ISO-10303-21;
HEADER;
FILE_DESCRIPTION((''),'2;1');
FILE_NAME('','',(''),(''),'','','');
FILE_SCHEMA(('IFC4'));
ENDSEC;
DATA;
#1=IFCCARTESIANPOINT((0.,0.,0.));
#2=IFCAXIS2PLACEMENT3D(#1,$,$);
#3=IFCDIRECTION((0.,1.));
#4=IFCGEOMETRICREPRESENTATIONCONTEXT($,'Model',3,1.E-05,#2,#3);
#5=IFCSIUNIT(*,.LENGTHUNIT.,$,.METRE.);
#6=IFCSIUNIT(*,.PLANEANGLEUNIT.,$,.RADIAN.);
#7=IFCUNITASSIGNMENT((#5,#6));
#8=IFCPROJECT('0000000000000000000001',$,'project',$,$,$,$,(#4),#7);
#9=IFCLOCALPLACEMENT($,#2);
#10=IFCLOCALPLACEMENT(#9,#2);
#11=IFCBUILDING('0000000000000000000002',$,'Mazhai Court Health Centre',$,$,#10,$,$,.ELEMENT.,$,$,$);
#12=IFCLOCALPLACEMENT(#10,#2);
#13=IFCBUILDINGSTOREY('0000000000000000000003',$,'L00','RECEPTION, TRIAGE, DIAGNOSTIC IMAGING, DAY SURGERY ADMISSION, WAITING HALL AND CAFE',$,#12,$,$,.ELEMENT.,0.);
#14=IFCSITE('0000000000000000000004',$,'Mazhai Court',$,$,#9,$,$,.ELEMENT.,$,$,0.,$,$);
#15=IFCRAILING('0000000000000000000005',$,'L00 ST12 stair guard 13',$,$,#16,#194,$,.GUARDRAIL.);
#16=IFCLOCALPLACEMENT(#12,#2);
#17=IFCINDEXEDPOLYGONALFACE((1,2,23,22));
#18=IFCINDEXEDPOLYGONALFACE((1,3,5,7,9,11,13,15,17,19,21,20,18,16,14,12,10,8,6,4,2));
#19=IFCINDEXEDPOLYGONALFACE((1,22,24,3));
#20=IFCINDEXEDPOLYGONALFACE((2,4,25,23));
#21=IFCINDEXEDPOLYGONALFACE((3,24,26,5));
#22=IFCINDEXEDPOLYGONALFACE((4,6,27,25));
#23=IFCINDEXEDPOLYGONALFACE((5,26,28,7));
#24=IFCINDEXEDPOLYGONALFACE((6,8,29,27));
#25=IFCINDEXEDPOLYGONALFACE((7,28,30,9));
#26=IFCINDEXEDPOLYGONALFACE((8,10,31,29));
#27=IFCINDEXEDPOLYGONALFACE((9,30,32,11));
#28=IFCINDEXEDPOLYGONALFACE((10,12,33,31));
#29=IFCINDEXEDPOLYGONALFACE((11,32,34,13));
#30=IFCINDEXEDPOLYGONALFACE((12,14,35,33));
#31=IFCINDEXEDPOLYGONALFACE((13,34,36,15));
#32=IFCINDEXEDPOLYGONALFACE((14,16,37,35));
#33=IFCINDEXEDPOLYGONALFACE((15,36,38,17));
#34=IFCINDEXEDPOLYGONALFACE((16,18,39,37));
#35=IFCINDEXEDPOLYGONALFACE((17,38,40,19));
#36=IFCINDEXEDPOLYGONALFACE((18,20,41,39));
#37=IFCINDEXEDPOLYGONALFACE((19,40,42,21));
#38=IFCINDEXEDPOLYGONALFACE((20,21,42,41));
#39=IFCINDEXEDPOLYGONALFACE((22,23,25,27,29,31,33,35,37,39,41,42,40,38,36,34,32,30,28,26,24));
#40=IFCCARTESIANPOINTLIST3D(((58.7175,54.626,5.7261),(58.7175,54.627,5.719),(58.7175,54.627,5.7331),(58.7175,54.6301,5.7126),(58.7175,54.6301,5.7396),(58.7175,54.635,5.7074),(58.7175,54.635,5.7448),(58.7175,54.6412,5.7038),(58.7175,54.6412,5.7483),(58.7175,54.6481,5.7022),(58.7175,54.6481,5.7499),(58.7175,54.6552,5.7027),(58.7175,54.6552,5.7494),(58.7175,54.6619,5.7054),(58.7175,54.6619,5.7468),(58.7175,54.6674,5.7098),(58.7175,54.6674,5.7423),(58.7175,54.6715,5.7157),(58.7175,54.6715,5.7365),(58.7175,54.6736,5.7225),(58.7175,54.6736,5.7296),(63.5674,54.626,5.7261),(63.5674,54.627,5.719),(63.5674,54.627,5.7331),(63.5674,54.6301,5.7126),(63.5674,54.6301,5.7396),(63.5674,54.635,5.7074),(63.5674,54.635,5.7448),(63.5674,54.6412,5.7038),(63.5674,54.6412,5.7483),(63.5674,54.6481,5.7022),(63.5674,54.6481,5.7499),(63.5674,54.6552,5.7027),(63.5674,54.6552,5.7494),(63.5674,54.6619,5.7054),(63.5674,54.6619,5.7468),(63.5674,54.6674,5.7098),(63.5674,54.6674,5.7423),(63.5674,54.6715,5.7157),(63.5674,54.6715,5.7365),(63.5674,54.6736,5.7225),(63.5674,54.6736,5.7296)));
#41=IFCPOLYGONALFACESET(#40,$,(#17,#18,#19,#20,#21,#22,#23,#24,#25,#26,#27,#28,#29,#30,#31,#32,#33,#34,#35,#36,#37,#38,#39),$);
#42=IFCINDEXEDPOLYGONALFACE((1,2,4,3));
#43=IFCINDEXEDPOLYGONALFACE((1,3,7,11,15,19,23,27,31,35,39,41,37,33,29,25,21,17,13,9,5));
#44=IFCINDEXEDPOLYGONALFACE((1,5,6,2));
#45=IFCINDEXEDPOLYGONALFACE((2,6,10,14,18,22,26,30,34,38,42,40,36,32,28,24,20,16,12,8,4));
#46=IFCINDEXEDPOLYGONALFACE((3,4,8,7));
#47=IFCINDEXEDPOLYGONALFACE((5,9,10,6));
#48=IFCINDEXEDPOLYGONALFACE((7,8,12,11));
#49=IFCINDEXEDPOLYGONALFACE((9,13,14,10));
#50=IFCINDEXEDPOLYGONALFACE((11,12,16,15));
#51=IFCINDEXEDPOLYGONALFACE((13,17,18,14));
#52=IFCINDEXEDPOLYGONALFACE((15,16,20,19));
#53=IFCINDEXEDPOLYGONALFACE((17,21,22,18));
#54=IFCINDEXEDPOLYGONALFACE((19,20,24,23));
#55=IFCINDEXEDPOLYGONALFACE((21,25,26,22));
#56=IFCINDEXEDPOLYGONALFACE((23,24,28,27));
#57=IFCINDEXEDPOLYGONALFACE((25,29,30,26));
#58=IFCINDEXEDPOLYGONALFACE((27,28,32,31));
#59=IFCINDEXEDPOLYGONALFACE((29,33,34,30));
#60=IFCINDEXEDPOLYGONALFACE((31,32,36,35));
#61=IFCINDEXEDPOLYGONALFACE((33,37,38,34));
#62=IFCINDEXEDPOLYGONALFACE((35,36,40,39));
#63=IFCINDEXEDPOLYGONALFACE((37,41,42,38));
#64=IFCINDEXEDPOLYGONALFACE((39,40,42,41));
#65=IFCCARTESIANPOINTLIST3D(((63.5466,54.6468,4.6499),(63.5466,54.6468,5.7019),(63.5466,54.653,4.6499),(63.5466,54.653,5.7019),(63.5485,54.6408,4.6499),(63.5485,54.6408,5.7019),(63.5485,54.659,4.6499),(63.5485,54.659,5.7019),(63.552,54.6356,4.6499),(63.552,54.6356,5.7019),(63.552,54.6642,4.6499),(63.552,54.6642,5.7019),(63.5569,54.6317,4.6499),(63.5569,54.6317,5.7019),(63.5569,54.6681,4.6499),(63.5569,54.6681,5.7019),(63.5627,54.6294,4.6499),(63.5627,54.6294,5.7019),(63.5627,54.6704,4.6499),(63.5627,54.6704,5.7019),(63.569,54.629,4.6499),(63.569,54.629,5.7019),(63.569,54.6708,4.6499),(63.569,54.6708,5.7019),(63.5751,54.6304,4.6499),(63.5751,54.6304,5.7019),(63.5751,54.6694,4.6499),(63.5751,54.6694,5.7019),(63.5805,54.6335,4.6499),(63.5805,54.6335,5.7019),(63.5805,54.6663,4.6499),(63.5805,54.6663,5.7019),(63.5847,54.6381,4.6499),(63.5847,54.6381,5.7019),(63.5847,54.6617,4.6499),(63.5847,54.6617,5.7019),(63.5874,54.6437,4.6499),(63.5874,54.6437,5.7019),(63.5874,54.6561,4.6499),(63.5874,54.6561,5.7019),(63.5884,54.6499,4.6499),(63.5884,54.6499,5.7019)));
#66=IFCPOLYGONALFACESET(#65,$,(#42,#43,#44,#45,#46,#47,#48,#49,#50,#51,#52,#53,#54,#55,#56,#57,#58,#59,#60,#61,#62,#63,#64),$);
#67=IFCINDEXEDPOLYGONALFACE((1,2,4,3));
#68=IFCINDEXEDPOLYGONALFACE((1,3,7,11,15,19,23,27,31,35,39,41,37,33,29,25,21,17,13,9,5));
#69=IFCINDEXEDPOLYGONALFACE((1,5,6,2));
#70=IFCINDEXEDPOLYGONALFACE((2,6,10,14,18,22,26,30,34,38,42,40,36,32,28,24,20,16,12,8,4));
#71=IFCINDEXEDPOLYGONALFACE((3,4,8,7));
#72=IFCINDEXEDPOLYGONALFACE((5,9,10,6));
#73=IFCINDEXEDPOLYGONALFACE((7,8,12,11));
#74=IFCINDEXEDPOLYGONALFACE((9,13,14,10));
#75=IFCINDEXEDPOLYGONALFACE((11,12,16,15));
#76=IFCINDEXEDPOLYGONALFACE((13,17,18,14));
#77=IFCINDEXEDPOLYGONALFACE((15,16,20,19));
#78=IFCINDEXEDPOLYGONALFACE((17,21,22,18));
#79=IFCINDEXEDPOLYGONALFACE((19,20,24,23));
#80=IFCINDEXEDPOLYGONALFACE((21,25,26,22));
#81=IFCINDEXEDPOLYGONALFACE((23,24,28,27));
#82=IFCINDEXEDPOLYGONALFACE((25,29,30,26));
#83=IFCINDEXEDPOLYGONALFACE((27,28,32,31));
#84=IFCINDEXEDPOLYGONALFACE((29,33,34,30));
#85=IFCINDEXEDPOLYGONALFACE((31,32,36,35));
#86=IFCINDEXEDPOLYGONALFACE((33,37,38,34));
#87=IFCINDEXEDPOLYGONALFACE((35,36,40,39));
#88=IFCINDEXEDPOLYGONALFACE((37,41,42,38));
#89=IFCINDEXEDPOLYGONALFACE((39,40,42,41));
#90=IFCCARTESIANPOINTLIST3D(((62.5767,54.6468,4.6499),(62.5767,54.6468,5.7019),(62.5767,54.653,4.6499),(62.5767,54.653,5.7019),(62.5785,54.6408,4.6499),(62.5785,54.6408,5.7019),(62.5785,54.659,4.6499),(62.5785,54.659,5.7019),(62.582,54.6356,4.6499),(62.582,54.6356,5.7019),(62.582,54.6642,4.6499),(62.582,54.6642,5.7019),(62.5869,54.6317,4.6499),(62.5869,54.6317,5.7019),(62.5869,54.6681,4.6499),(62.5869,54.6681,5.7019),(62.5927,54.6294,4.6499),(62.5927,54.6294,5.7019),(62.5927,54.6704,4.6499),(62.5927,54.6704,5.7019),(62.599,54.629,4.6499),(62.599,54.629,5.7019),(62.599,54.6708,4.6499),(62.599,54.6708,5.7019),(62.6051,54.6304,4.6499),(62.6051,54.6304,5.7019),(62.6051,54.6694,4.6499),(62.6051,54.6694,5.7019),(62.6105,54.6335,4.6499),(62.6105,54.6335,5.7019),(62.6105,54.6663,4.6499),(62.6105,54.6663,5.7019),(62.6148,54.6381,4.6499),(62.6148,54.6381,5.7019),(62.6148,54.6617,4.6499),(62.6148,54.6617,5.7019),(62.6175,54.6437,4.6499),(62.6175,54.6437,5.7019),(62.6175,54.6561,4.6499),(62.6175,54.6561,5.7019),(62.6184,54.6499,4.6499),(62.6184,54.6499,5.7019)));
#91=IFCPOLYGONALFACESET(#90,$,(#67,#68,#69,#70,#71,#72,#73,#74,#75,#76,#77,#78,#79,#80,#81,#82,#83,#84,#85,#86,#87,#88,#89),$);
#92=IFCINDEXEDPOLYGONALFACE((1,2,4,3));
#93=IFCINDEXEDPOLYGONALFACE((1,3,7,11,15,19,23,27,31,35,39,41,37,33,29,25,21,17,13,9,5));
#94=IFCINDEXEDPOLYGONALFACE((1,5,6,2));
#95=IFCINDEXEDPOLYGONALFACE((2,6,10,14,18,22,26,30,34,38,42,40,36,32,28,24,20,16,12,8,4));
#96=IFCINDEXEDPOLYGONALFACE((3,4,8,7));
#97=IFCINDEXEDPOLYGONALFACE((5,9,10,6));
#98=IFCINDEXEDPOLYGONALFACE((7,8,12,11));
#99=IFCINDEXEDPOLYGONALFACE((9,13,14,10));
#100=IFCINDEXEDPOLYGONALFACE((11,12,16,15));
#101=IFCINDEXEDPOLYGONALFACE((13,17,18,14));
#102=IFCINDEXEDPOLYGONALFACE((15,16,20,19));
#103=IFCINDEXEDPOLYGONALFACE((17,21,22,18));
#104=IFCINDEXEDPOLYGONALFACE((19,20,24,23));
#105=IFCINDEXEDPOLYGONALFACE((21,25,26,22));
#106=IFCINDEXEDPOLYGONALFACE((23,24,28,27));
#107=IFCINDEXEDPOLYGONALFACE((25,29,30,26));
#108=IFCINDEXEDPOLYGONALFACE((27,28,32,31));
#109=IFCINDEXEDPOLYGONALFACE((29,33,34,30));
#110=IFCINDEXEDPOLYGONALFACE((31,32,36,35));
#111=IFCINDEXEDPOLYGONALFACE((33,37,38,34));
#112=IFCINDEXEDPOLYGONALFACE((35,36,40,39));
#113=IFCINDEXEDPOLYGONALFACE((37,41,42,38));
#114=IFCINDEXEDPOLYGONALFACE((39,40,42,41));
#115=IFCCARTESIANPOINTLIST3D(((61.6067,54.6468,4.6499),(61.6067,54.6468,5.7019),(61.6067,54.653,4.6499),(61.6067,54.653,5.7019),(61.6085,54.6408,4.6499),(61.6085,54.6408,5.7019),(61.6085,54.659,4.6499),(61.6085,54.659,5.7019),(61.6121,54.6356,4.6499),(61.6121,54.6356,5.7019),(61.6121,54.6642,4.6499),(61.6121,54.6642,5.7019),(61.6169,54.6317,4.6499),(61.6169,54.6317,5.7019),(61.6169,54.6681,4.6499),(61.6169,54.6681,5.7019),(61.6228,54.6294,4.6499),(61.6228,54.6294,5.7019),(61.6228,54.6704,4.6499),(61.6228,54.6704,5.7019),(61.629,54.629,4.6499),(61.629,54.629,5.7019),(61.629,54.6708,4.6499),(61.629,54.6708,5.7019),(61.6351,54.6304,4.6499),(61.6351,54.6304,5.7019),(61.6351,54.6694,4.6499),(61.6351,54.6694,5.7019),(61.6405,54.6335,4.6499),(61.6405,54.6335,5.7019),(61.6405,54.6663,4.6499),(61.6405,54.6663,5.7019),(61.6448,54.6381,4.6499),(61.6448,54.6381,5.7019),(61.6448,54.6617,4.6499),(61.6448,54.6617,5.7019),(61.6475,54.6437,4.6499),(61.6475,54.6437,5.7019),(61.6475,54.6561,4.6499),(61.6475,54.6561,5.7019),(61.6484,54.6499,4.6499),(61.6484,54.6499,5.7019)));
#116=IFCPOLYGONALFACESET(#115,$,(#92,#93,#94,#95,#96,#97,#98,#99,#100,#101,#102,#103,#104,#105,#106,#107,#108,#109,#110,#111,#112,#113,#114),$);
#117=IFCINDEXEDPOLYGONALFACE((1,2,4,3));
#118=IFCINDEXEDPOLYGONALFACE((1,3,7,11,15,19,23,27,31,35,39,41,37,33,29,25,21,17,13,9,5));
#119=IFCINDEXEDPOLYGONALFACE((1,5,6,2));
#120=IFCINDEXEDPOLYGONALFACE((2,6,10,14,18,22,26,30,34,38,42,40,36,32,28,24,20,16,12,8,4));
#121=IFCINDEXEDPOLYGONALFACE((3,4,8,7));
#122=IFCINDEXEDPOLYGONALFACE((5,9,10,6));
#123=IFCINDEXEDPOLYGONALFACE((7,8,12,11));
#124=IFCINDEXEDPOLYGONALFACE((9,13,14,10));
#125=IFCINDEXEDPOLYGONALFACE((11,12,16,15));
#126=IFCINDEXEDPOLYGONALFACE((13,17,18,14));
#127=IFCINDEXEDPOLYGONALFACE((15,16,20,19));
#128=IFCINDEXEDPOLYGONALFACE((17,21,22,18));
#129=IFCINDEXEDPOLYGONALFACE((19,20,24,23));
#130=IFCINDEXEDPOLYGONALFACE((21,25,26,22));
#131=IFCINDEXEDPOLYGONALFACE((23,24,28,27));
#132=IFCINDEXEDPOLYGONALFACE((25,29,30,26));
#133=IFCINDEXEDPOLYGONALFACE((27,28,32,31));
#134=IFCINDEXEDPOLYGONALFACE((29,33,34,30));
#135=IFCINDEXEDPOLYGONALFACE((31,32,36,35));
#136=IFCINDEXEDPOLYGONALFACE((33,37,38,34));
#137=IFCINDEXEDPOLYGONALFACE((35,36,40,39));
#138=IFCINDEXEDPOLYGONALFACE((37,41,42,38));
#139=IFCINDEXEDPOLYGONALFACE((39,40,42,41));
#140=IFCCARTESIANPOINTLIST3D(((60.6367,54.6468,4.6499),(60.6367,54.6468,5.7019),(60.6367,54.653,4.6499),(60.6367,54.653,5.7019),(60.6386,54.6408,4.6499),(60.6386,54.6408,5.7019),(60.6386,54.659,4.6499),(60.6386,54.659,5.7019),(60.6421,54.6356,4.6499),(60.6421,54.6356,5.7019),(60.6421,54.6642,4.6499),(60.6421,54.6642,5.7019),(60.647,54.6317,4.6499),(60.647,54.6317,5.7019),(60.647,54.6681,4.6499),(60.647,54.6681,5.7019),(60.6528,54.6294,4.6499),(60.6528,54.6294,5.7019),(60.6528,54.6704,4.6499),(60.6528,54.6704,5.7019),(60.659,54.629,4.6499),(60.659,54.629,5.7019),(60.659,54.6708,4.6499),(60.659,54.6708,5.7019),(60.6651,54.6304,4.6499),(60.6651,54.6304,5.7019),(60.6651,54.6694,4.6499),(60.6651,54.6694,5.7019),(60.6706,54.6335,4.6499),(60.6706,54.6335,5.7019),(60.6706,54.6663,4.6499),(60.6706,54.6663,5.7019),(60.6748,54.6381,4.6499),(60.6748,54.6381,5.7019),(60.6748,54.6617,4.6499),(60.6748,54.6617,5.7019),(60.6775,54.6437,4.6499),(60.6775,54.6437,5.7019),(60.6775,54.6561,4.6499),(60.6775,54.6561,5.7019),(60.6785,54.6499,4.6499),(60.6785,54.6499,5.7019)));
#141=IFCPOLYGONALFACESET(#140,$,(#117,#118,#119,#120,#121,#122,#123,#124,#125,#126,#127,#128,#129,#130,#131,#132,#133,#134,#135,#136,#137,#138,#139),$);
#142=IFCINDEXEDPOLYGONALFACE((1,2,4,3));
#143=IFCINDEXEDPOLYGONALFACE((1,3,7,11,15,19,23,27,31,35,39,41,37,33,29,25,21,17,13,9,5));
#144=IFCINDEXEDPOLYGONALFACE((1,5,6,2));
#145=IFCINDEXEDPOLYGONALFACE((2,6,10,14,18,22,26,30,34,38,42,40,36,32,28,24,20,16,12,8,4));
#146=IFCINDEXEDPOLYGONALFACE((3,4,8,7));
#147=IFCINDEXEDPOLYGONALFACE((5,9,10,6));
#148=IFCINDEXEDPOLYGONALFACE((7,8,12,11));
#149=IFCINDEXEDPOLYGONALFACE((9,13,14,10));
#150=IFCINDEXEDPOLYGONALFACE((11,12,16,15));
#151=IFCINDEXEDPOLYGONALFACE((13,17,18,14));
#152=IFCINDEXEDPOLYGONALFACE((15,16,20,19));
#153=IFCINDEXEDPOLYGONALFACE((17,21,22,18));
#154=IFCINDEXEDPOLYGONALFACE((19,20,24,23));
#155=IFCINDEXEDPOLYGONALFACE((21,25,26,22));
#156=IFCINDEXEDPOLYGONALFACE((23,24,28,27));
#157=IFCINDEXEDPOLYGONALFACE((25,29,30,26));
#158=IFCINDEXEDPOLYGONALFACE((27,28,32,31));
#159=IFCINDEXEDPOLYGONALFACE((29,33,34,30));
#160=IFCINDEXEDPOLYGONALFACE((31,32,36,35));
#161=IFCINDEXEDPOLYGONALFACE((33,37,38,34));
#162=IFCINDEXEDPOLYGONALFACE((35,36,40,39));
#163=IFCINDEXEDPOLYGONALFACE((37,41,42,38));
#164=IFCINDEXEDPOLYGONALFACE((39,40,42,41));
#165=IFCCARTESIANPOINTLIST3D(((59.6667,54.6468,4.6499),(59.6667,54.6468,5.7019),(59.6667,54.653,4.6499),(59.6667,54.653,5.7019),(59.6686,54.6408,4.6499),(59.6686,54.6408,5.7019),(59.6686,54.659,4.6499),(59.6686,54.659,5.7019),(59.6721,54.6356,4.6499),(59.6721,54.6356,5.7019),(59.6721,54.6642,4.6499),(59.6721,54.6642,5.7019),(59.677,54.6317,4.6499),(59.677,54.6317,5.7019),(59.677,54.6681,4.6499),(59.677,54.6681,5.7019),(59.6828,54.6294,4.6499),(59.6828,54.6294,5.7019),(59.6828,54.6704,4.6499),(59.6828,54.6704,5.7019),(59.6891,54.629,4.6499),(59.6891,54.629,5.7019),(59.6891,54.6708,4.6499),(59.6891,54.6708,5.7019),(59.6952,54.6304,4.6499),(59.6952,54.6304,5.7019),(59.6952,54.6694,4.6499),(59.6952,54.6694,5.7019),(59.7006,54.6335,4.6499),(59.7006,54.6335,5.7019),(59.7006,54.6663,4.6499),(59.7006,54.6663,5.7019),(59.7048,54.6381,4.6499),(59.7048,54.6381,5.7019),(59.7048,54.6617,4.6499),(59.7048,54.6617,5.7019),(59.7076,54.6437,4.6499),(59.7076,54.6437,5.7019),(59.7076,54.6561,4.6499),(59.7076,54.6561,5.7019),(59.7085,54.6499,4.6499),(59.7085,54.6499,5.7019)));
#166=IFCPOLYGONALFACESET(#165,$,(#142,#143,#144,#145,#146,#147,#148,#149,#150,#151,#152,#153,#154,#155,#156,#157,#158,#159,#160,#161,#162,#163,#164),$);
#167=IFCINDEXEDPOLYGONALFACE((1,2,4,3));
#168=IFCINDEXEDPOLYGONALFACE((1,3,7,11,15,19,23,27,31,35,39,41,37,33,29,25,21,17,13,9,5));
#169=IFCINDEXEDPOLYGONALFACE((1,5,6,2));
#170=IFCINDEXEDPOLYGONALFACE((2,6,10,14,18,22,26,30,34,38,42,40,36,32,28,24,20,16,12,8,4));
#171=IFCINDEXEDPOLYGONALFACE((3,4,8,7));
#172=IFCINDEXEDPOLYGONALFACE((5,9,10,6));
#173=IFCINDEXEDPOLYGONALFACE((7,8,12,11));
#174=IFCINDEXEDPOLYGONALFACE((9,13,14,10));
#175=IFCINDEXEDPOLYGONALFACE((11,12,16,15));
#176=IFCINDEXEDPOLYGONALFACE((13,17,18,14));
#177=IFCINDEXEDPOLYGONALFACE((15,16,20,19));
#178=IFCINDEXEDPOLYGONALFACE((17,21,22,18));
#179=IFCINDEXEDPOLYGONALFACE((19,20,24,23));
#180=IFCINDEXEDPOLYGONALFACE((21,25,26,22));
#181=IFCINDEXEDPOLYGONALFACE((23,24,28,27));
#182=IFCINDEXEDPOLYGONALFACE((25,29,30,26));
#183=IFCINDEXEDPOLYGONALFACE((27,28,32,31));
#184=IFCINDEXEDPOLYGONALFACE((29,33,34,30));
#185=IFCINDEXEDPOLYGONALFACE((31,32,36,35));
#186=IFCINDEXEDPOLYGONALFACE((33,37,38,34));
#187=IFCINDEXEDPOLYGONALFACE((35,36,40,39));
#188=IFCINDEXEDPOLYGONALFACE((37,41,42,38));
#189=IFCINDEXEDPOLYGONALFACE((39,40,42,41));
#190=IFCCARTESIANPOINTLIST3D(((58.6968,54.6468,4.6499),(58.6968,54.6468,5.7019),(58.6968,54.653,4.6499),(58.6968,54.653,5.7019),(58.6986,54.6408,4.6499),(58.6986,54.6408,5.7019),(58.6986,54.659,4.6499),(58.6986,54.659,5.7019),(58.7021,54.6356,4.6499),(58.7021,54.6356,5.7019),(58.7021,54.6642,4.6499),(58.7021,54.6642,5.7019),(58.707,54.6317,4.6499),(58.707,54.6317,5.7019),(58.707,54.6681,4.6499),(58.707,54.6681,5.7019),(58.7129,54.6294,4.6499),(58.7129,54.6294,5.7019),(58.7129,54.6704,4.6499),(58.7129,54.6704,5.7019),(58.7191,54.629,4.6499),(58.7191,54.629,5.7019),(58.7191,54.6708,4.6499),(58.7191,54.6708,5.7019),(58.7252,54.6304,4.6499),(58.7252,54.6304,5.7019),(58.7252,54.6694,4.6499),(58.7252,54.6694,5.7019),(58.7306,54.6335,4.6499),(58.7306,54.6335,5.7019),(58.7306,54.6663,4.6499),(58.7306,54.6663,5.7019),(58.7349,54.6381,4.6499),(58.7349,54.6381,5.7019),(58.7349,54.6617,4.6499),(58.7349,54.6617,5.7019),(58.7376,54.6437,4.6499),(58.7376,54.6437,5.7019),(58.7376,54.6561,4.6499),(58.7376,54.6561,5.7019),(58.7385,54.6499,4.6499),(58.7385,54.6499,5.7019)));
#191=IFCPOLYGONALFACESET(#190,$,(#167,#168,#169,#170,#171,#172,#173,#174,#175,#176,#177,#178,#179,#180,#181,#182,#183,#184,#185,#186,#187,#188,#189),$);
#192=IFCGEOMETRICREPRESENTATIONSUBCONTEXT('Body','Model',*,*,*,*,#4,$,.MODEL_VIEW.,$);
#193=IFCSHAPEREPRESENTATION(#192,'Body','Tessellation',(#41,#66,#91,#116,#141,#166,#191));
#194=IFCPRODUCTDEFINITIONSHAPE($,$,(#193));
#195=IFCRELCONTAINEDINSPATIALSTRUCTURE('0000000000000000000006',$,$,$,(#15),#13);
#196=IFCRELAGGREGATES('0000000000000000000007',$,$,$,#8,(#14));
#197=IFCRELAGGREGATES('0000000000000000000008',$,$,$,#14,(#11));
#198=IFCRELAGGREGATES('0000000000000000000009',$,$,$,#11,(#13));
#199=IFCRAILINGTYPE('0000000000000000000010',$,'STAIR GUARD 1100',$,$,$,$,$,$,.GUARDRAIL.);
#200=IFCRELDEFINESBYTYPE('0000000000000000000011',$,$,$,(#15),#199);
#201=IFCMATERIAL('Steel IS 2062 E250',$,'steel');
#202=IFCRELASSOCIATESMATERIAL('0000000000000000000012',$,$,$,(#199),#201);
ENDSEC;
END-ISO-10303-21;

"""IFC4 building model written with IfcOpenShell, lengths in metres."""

from ifc_helpers import new_model, si_unit, direction, frame, origin, origin_2d, place, context, subcontext, project, spatial, circle, extrude, material, type_object, element, save


model = new_model("IFC4")

# Units and contexts
model_context = context("Model", 3, precision=1e-05, world=origin(), true_north=direction((0.0, 1.0)))
body_context = subcontext(model_context, "Body", "Model", "MODEL_VIEW")
ifc_project = project(units=[si_unit("LENGTHUNIT", "METRE"), si_unit("PLANEANGLEUNIT", "RADIAN")], contexts=[model_context])

# Site, building, storey
site_placement = place(None, origin())
site = spatial("IfcSite", under=ifc_project, at=site_placement, Name="Mazhai Court", CompositionType="ELEMENT", RefElevation=0.0)
building_placement = place(site_placement, origin())
building = spatial("IfcBuilding", under=site, at=building_placement, Name="Mazhai Court Health Centre", CompositionType="ELEMENT")
storey_placement = place(building_placement, origin())
storey = spatial("IfcBuildingStorey", under=building, at=storey_placement, Name="L00", Description="RECEPTION, TRIAGE, DIAGNOSTIC IMAGING, DAY SURGERY ADMISSION, WAITING HALL AND CAFE", CompositionType="ELEMENT", Elevation=0.0)

# Railing
ifc_material_1 = material(Name="Steel IS 2062 E250", Category="steel")
railing_type_1 = type_object("IfcRailingType", Name="STAIR GUARD 1100", PredefinedType="GUARDRAIL", material=ifc_material_1)
railing_1_placement = place(storey_placement, frame((63.5674, 54.6499, 4.6499)))
element("IfcRailing", 1, at=railing_1_placement, inside=storey, type_object=railing_type_1, Name="L00 ST12 stair guard 13", PredefinedType="GUARDRAIL", context=body_context, shape_type="SweptSolid", body=[
    extrude(circle(Radius=0.0239, at=origin_2d()), frame((0.0, 0.0, 1.0762), z_axis=(-1.0, 0.0, 0.0), x_axis=(0.0, -1.0, 0.0)), (0.0, 0.0, 1.0), 4.8499),
    extrude(circle(Radius=0.021, at=origin_2d()), origin(), (0.0, 0.0, 1.0), 1.052),
    extrude(circle(Radius=0.021, at=origin_2d()), frame((-0.97, 0.0, 0.0)), (0.0, 0.0, 1.0), 1.052),
    extrude(circle(Radius=0.021, at=origin_2d()), frame((-1.9399, 0.0, 0.0)), (0.0, 0.0, 1.0), 1.052),
    extrude(circle(Radius=0.021, at=origin_2d()), frame((-2.9099, 0.0, 0.0)), (0.0, 0.0, 1.0), 1.052),
    extrude(circle(Radius=0.021, at=origin_2d()), frame((-3.8799, 0.0, 0.0)), (0.0, 0.0, 1.0), 1.052),
    extrude(circle(Radius=0.021, at=origin_2d()), frame((-4.8499, 0.0, 0.0)), (0.0, 0.0, 1.0), 1.052),
])

save(model, "model.ifc")
